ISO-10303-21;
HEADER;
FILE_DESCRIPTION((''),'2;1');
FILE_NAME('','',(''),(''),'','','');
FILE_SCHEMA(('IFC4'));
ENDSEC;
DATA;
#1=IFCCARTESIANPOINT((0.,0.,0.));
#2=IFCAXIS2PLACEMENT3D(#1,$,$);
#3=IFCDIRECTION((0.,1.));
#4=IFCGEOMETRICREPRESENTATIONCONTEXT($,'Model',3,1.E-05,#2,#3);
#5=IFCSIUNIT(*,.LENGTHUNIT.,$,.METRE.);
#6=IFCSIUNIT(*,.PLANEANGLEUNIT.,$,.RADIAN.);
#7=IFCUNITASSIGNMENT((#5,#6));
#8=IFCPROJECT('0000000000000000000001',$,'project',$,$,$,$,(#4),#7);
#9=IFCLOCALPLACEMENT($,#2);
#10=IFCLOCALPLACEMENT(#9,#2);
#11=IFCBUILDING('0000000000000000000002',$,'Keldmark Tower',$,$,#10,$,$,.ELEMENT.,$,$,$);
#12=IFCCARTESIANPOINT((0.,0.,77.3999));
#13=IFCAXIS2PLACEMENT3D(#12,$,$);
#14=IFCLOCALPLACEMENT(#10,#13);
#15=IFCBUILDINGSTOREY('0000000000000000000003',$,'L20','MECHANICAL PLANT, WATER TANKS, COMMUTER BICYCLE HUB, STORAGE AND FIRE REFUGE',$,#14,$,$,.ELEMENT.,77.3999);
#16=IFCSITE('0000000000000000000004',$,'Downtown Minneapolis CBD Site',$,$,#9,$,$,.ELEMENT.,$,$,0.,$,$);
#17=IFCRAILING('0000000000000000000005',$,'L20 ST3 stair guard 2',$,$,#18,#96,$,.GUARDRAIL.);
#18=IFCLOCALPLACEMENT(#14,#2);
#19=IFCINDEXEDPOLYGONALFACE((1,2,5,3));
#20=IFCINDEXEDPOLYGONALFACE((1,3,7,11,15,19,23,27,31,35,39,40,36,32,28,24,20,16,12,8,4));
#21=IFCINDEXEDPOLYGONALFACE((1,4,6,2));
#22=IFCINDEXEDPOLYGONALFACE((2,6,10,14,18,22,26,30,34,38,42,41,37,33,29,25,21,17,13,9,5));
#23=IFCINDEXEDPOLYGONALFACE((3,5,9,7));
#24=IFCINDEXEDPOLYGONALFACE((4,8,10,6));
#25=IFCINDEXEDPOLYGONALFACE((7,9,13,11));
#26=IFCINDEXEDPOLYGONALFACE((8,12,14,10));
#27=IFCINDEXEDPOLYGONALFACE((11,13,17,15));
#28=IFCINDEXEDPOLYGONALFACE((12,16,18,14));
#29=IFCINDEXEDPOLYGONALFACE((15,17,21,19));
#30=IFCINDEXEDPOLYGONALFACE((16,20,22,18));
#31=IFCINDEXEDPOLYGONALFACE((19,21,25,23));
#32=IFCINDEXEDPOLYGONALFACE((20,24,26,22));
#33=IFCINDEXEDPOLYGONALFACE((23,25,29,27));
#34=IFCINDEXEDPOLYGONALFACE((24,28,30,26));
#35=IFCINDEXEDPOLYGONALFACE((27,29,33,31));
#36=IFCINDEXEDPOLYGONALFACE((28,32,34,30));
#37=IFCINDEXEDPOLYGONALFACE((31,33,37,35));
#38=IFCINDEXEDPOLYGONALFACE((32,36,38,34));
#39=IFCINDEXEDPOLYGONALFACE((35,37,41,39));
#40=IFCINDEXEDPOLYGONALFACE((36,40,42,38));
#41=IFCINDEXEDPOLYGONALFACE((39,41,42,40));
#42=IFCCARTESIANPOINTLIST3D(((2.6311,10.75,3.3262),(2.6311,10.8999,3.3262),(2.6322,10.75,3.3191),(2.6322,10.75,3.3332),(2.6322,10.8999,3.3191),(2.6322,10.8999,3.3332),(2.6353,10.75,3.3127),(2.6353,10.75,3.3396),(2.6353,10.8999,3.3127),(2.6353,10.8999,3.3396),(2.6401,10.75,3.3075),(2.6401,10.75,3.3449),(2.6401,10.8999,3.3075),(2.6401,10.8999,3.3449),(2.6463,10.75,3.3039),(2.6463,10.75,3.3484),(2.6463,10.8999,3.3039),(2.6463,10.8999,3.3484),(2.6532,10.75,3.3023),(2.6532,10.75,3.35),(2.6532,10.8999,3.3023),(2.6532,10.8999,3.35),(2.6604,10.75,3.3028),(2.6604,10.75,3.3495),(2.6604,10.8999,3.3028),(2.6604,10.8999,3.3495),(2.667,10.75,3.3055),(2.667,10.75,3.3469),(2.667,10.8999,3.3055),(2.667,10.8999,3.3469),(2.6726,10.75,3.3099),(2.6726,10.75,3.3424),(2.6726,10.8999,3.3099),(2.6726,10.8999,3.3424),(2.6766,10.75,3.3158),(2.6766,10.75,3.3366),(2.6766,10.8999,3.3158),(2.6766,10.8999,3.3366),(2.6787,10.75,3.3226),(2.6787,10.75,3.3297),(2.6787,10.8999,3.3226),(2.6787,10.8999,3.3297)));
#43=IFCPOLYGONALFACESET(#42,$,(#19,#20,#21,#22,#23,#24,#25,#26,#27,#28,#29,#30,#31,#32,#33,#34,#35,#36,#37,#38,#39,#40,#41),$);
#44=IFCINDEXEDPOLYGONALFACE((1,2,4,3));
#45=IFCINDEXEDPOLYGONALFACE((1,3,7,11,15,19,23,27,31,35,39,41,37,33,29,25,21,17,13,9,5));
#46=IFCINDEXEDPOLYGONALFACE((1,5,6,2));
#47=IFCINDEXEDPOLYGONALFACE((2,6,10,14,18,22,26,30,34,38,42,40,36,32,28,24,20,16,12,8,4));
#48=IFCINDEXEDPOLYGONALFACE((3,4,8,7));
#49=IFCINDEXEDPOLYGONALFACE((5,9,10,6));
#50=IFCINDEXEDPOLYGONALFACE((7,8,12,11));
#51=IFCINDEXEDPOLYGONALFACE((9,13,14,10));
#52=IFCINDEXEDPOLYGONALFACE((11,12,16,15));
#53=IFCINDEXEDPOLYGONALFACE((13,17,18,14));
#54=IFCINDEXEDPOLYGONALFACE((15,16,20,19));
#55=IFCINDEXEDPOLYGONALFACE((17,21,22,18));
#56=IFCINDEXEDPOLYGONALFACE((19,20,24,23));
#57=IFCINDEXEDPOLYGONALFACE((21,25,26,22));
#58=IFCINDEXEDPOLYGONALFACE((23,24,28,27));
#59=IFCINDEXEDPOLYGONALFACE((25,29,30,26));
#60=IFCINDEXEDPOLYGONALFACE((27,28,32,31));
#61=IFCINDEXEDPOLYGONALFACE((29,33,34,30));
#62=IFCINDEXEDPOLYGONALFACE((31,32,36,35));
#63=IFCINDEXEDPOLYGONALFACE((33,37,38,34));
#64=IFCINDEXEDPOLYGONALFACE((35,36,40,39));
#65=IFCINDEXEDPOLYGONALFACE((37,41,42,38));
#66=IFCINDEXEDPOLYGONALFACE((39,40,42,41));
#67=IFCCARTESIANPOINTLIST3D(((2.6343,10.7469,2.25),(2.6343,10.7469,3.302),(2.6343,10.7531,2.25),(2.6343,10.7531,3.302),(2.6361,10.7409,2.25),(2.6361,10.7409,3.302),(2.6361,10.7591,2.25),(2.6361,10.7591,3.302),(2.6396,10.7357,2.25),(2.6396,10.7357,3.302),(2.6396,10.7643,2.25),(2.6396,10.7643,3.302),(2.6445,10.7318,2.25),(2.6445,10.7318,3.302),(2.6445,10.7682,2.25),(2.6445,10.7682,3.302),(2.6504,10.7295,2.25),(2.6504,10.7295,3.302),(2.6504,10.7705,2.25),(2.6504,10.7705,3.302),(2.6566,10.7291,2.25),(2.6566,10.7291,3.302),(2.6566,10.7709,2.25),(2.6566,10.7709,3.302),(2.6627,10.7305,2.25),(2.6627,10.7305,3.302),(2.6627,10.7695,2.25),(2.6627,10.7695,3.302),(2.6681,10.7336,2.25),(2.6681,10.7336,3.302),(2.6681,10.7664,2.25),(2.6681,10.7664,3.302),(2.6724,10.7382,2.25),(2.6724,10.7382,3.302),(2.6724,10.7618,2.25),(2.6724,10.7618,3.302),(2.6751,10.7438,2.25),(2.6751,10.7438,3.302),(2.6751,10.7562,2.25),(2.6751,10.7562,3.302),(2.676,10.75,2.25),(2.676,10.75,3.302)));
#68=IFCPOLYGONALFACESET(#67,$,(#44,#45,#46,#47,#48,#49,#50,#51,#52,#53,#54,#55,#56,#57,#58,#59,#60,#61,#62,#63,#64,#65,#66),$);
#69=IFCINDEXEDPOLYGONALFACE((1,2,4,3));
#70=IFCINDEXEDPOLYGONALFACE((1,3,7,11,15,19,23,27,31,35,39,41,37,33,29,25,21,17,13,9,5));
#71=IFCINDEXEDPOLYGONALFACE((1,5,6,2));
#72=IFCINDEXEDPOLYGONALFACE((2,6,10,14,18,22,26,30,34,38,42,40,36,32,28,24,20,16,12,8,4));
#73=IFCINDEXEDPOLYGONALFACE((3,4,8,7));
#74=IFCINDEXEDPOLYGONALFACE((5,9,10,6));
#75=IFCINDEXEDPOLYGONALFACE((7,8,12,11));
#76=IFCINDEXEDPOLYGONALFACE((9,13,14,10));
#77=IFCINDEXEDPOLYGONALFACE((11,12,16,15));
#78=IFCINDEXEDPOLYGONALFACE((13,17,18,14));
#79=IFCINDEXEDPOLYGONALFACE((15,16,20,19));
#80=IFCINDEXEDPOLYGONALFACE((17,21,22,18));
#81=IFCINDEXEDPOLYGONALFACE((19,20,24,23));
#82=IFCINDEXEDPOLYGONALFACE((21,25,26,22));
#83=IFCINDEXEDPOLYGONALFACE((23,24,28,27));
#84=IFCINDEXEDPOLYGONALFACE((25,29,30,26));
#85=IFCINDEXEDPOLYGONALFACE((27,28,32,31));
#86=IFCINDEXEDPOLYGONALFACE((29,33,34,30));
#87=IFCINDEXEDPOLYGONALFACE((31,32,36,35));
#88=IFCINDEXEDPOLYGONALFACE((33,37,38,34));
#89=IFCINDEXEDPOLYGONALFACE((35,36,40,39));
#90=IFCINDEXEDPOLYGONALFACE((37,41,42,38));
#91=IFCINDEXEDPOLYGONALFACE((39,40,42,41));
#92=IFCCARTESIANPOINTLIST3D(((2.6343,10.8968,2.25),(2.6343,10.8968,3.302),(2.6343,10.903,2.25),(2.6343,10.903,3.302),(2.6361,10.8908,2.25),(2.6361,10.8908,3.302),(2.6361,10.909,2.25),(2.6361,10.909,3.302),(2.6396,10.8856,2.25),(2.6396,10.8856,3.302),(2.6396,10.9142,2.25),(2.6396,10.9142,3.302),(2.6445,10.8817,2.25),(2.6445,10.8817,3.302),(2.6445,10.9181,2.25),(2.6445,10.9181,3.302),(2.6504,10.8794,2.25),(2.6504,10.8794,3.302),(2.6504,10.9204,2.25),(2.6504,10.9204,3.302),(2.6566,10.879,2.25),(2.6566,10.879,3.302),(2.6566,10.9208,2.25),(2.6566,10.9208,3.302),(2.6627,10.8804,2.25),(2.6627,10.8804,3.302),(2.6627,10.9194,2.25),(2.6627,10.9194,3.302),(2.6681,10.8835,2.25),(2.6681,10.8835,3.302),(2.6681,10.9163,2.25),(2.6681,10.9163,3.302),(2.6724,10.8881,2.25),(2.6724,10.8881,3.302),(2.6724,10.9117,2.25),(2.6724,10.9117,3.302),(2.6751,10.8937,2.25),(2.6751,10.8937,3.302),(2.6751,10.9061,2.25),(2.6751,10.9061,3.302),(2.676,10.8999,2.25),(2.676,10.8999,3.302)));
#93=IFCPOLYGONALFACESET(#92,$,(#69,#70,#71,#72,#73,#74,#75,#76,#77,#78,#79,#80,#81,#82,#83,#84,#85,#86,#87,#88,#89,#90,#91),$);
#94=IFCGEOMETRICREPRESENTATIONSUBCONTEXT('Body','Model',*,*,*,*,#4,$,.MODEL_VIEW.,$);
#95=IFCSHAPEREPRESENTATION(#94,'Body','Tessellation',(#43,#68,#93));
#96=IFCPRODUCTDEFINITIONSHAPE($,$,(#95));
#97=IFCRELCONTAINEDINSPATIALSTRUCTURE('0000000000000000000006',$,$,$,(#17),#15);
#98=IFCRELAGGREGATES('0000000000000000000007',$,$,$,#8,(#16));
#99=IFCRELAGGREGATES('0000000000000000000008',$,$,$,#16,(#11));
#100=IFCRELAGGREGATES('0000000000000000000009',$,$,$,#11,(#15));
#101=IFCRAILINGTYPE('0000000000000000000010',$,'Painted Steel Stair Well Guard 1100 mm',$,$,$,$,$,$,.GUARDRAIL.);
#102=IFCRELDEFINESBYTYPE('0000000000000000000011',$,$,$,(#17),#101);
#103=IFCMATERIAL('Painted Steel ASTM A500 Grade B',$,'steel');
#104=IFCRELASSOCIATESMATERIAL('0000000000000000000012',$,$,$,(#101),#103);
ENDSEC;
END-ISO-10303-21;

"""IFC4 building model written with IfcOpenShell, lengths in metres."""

from ifc_helpers import new_model, si_unit, direction, frame, origin, origin_2d, place, context, subcontext, project, spatial, circle, extrude, material, type_object, element, save


model = new_model("IFC4")

# Units and contexts
model_context = context("Model", 3, precision=1e-05, world=origin(), true_north=direction((0.0, 1.0)))
body_context = subcontext(model_context, "Body", "Model", "MODEL_VIEW")
ifc_project = project(units=[si_unit("LENGTHUNIT", "METRE"), si_unit("PLANEANGLEUNIT", "RADIAN")], contexts=[model_context])

# Site, building, storey
site_placement = place(None, origin())
site = spatial("IfcSite", under=ifc_project, at=site_placement, Name="Downtown Minneapolis CBD Site", CompositionType="ELEMENT", RefElevation=0.0)
building_placement = place(site_placement, origin())
building = spatial("IfcBuilding", under=site, at=building_placement, Name="Keldmark Tower", CompositionType="ELEMENT")
storey_placement = place(building_placement, frame((0.0, 0.0, 77.3999)))
storey = spatial("IfcBuildingStorey", under=building, at=storey_placement, Name="L20", Description="MECHANICAL PLANT, WATER TANKS, COMMUTER BICYCLE HUB, STORAGE AND FIRE REFUGE", CompositionType="ELEMENT", Elevation=77.3999)

# Railing
ifc_material_1 = material(Name="Painted Steel ASTM A500 Grade B", Category="steel")
railing_type_1 = type_object("IfcRailingType", Name="Painted Steel Stair Well Guard 1100 mm", PredefinedType="GUARDRAIL", material=ifc_material_1)
railing_1_placement = place(storey_placement, frame((2.655, 10.75, 2.25)))
element("IfcRailing", 1, at=railing_1_placement, inside=storey, type_object=railing_type_1, Name="L20 ST3 stair guard 2", PredefinedType="GUARDRAIL", context=body_context, shape_type="SweptSolid", body=[
    extrude(circle(Radius=0.0239, at=origin_2d()), frame((0.0, 0.0, 1.0762), z_axis=(0.0, 1.0, 0.0), x_axis=(-1.0, 0.0, 0.0)), (0.0, 0.0, 1.0), 0.1499),
    extrude(circle(Radius=0.021, at=origin_2d()), origin(), (0.0, 0.0, 1.0), 1.052),
    extrude(circle(Radius=0.021, at=origin_2d()), frame((0.0, 0.1499, 0.0)), (0.0, 0.0, 1.0), 1.052),
])

save(model, "model.ifc")
